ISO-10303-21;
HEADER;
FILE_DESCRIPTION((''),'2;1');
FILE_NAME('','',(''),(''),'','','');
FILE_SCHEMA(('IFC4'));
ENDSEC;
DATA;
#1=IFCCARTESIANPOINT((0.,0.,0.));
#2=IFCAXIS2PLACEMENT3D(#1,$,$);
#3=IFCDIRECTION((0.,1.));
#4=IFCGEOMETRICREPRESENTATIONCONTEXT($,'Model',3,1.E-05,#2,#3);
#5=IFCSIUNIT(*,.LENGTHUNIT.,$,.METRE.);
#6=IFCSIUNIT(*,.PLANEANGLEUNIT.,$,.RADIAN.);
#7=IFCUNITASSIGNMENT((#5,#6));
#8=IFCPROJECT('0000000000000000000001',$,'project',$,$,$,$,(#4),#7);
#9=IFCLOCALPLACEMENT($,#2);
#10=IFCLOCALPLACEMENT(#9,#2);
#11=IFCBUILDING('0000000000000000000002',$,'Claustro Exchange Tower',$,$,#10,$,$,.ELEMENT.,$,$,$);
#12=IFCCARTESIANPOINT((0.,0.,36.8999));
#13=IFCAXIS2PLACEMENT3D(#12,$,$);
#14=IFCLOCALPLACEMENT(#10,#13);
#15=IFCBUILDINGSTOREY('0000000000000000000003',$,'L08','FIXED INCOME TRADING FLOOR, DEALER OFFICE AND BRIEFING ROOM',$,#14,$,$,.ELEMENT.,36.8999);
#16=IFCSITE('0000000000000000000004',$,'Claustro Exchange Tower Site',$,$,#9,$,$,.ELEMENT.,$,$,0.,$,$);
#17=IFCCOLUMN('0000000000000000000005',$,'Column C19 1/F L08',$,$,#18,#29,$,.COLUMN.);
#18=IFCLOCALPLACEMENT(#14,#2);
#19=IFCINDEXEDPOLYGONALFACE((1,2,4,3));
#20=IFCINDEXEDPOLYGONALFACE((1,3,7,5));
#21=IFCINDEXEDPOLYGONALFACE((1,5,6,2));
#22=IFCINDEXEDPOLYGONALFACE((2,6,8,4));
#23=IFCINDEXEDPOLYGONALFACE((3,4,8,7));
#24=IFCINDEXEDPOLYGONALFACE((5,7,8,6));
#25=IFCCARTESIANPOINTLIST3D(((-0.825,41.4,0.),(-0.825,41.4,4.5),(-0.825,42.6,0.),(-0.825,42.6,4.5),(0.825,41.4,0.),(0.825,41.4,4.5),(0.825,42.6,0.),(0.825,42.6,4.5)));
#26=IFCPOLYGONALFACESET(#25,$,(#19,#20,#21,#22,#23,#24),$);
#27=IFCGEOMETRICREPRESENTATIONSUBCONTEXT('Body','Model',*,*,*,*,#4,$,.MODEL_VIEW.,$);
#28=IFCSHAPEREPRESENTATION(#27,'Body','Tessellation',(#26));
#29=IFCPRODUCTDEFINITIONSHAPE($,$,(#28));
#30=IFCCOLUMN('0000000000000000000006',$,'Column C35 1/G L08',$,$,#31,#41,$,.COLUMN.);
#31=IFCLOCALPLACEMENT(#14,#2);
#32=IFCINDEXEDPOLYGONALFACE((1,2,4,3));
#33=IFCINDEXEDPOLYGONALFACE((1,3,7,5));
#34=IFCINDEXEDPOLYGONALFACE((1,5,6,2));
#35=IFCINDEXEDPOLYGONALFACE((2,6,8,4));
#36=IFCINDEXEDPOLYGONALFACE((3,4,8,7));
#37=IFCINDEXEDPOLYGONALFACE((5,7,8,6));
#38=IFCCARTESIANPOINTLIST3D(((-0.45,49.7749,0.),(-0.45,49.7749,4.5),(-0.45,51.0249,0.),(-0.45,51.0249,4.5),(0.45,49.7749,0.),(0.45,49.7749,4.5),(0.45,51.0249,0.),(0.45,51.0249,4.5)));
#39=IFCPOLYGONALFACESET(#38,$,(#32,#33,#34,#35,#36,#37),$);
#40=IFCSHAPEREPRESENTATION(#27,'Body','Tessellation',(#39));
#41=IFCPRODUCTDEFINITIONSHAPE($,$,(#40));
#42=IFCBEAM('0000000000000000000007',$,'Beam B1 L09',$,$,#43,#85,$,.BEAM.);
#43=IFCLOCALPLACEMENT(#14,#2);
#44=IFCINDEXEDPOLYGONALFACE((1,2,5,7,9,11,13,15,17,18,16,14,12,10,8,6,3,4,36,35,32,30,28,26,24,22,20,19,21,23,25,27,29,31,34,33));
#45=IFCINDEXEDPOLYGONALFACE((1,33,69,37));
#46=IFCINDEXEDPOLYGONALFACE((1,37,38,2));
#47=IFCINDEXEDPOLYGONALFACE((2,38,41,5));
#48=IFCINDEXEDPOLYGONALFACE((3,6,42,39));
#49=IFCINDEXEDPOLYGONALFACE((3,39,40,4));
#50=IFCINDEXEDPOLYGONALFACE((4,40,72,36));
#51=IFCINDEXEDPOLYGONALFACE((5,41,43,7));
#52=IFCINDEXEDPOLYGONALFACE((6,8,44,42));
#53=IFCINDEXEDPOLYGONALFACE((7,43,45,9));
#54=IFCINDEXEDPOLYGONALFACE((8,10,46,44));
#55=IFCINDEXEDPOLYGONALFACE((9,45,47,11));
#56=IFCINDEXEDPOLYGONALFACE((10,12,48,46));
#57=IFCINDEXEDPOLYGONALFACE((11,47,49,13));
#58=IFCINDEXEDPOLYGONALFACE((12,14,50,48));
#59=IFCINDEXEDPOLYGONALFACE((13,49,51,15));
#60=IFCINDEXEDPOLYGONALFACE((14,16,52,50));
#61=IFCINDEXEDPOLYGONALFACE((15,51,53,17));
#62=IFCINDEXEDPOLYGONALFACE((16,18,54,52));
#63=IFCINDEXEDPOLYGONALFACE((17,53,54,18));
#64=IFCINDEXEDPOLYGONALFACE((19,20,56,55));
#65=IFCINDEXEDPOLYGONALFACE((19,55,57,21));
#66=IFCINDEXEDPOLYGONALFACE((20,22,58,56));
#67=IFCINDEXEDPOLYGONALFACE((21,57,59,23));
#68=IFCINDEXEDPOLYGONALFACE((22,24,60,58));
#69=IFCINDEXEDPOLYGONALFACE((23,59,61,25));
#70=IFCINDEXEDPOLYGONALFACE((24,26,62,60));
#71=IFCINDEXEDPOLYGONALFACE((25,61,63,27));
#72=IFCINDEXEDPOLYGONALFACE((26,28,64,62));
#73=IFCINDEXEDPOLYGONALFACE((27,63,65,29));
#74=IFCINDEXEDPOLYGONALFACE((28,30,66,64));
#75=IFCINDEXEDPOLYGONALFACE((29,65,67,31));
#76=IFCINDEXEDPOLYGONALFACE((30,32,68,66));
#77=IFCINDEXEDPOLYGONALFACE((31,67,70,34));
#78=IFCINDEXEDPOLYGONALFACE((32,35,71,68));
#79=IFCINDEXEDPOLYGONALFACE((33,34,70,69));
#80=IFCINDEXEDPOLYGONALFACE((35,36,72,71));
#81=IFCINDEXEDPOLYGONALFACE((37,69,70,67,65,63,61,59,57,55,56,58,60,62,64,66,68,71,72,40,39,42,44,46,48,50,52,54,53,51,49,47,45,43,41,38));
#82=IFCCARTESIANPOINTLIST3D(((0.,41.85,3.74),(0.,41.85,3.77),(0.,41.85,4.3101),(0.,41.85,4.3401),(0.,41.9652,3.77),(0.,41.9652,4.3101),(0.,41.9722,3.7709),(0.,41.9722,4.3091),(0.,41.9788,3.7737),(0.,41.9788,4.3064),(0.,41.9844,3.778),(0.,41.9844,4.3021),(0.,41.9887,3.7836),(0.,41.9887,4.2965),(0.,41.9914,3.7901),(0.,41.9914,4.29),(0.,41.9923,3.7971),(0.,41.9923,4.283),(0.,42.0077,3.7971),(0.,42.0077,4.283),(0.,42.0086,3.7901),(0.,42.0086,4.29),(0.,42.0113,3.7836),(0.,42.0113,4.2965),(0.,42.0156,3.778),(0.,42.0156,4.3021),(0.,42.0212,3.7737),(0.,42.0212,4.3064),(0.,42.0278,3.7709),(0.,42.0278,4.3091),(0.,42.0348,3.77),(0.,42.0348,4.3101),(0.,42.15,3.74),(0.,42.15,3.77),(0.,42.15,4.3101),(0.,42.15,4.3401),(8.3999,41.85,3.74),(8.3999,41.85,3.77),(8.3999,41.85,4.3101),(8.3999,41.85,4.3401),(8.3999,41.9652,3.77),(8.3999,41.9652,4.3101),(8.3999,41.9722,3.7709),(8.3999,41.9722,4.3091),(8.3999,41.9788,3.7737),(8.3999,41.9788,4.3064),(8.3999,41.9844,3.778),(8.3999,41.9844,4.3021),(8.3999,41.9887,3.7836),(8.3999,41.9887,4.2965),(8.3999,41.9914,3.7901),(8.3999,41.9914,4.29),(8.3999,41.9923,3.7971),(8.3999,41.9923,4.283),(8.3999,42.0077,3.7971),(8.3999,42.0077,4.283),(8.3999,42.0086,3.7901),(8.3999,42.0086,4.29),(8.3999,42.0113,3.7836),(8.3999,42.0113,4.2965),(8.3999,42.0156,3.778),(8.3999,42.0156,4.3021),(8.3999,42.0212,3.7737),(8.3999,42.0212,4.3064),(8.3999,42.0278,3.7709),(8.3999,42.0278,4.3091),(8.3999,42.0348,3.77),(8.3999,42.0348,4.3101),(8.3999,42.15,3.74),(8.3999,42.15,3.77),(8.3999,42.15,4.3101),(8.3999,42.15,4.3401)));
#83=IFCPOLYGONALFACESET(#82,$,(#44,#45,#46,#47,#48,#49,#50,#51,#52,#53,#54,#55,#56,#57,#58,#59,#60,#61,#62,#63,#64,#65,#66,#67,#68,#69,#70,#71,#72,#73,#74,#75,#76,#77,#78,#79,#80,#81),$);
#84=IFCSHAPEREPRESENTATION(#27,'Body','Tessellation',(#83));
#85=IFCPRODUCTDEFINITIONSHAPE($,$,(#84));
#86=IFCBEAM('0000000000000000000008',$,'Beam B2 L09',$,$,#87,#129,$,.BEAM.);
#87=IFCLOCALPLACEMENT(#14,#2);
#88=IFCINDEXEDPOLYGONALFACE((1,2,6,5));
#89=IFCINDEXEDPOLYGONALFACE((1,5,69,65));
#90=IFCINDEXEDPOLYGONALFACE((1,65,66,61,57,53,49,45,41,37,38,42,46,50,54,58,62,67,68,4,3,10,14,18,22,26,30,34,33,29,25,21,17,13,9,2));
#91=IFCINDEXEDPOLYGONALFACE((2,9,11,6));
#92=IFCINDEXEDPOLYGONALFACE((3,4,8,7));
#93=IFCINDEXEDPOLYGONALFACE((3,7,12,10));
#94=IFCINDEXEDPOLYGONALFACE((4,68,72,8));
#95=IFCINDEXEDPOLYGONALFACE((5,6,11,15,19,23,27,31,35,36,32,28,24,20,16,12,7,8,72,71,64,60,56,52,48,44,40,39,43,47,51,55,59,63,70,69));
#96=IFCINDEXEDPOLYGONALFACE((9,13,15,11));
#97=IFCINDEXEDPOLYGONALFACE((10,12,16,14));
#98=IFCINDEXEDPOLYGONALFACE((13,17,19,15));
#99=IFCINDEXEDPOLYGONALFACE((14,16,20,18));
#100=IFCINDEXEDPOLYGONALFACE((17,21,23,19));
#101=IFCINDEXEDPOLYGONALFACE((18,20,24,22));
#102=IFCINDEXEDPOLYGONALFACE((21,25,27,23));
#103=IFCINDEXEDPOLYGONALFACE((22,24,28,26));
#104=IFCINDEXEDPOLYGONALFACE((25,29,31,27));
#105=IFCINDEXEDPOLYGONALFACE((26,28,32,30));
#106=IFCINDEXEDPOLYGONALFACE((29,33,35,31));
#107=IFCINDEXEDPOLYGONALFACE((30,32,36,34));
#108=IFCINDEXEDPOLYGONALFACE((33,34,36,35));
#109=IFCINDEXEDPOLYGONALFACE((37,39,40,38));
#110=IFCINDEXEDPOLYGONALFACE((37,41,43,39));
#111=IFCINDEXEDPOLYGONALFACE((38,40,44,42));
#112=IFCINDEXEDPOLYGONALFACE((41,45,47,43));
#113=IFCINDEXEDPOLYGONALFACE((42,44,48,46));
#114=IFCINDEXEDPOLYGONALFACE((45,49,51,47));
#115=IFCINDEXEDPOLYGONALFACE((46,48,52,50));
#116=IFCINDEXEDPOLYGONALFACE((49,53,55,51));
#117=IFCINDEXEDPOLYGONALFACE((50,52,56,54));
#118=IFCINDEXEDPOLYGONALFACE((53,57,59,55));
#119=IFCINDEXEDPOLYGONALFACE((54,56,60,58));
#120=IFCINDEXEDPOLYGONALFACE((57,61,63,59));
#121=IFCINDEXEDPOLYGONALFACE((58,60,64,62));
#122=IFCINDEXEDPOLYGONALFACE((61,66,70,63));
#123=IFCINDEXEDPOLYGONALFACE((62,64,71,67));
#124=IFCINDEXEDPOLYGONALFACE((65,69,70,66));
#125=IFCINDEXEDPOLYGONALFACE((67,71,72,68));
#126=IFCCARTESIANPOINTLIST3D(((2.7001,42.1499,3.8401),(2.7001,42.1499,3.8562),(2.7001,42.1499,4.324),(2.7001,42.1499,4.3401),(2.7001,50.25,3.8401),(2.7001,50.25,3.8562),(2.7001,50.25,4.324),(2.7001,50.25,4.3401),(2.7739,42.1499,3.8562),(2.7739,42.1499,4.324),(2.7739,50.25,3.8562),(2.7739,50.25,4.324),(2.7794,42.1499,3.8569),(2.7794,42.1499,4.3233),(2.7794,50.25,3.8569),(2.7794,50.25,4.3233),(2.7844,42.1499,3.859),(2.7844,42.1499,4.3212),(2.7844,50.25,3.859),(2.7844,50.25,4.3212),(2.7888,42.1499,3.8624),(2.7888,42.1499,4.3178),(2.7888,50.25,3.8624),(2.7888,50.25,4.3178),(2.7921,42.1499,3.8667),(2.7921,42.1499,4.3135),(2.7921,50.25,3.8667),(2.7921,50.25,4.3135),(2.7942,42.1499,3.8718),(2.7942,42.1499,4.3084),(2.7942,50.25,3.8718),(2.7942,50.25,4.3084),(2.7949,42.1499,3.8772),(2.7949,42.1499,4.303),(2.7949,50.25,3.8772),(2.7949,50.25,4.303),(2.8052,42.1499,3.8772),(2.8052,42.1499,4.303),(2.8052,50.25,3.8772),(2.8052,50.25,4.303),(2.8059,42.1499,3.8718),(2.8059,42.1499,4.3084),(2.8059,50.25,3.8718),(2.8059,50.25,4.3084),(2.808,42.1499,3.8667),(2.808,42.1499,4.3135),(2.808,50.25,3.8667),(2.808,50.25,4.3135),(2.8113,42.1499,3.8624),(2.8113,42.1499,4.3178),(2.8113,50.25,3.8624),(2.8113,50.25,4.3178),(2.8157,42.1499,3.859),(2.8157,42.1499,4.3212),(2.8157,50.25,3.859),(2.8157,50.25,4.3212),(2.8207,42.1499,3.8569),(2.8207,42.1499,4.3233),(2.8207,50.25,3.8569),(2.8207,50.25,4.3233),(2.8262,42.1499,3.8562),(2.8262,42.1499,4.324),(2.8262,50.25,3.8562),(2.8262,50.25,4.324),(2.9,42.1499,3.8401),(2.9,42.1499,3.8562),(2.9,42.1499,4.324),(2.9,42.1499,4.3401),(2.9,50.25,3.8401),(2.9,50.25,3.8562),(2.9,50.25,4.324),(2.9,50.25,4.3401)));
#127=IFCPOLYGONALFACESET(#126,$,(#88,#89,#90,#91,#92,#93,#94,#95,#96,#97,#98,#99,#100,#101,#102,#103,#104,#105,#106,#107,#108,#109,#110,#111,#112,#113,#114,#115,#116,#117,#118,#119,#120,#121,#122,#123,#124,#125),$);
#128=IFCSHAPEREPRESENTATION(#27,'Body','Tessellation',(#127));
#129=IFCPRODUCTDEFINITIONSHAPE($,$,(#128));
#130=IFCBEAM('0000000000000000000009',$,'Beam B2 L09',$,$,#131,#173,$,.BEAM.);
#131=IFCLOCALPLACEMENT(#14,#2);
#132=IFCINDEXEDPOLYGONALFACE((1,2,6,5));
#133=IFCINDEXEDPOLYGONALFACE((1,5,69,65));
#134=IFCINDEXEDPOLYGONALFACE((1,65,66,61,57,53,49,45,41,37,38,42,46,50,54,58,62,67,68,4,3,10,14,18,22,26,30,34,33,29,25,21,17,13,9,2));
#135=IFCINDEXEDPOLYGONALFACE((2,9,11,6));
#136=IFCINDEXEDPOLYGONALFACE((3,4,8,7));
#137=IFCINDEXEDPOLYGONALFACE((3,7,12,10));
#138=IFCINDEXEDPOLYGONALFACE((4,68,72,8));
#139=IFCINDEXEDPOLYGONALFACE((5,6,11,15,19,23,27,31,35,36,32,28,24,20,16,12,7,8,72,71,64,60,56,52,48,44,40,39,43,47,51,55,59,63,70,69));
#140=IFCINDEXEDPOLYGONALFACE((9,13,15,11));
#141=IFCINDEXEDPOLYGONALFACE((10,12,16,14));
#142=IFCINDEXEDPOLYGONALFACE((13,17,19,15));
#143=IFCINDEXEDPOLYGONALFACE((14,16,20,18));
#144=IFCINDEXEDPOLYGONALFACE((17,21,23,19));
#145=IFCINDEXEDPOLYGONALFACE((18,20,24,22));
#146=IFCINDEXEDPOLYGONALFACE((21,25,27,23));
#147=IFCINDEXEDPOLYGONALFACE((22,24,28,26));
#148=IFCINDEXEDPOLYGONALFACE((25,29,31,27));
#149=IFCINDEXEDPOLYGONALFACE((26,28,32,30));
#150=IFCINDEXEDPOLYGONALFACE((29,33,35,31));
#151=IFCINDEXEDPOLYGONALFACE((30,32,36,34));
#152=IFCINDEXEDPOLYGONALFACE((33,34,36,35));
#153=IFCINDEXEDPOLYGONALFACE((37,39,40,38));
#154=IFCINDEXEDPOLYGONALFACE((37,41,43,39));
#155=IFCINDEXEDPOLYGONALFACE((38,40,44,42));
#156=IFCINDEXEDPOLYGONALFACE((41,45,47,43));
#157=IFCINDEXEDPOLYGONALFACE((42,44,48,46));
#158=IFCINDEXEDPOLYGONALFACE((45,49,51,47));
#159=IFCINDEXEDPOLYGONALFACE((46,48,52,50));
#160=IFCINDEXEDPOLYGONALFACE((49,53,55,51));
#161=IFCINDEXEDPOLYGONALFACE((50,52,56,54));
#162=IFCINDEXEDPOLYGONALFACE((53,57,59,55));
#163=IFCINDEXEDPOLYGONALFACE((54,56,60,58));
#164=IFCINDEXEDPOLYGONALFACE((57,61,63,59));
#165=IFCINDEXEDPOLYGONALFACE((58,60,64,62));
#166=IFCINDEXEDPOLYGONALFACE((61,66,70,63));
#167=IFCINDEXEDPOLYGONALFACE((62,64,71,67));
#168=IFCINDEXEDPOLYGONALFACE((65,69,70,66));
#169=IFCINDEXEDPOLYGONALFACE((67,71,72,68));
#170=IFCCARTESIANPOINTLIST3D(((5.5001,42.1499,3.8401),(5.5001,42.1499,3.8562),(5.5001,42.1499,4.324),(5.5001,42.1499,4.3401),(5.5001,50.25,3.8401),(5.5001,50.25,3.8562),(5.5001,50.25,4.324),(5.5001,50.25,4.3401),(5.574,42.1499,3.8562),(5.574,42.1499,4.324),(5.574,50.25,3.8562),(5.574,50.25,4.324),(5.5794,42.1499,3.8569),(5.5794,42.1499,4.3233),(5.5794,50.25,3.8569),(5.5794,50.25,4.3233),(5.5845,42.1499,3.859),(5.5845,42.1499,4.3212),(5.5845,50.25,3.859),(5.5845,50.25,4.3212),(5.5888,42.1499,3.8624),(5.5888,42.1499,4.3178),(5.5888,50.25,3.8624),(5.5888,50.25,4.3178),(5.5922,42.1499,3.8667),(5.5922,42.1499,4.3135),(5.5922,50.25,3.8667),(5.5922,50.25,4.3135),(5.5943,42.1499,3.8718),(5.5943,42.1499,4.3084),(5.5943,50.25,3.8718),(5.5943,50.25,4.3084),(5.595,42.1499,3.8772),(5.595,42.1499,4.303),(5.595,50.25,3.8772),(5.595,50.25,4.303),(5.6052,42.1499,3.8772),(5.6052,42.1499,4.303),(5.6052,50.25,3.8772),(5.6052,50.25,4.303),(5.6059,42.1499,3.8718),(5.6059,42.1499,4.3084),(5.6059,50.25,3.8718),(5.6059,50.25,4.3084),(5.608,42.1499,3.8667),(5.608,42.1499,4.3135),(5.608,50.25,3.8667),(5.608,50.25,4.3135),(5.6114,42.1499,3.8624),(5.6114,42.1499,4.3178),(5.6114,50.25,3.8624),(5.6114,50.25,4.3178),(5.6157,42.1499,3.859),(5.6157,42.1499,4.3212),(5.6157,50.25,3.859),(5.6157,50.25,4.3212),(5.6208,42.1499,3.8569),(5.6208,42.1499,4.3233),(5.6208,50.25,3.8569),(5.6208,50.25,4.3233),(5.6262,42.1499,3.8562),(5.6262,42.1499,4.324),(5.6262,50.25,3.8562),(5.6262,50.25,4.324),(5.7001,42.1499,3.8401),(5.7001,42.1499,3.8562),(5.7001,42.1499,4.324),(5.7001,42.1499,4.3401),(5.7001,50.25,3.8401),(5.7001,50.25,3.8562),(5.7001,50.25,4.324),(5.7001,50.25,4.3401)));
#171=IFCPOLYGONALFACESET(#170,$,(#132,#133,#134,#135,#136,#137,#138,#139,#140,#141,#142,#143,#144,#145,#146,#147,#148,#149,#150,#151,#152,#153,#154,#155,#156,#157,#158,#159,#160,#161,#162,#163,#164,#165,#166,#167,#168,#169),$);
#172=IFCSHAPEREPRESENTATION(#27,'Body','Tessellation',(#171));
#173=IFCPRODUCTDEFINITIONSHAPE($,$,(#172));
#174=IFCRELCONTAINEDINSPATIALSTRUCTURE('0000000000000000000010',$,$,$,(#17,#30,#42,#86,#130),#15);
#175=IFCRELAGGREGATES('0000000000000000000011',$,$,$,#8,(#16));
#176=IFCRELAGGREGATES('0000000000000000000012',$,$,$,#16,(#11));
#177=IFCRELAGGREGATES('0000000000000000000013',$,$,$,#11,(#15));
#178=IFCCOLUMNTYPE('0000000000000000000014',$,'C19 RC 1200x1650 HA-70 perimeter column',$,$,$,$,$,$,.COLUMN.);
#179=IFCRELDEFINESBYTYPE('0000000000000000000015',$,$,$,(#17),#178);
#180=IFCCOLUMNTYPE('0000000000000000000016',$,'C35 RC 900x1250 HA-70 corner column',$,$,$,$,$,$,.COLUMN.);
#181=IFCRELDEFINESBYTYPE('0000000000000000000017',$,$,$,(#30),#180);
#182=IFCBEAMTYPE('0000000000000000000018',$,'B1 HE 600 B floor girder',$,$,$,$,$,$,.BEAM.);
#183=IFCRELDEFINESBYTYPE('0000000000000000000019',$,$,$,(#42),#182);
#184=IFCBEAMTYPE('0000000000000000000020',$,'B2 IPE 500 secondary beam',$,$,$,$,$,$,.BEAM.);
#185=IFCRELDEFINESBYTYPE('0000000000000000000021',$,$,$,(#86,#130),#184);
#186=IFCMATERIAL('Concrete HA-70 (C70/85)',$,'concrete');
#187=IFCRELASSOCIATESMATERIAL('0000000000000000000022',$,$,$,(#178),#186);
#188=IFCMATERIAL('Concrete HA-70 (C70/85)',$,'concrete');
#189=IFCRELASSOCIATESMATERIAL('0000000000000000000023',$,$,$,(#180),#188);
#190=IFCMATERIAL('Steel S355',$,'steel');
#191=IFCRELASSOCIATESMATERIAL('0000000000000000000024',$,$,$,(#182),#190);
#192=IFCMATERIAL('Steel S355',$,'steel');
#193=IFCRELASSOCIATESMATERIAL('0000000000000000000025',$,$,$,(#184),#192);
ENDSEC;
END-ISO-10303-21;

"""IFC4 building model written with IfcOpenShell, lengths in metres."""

from ifc_helpers import new_model, si_unit, direction, frame, origin, origin_2d, place, context, subcontext, project, spatial, rectangle, i_section, extrude, material, material_profile, profile_set, type_object, element, save


model = new_model("IFC4")

# Units and contexts
model_context = context("Model", 3, precision=1e-05, world=origin(), true_north=direction((0.0, 1.0)))
body_context = subcontext(model_context, "Body", "Model", "MODEL_VIEW")
ifc_project = project(units=[si_unit("LENGTHUNIT", "METRE"), si_unit("PLANEANGLEUNIT", "RADIAN")], contexts=[model_context])

# Site, building, storey
site_placement = place(None, origin())
site = spatial("IfcSite", under=ifc_project, at=site_placement, Name="Claustro Exchange Tower Site", CompositionType="ELEMENT", RefElevation=0.0)
building_placement = place(site_placement, origin())
building = spatial("IfcBuilding", under=site, at=building_placement, Name="Claustro Exchange Tower", CompositionType="ELEMENT")
storey_placement = place(building_placement, frame((0.0, 0.0, 36.8999)))
storey = spatial("IfcBuildingStorey", under=building, at=storey_placement, Name="L08", Description="FIXED INCOME TRADING FLOOR, DEALER OFFICE AND BRIEFING ROOM", CompositionType="ELEMENT", Elevation=36.8999)

# Columns
ifc_material_1 = material(Name="Concrete HA-70 (C70/85)", Category="concrete")
ifc_material_profile_1 = material_profile(ifc_material_1, rectangle(XDim=1.2, YDim=1.6499, at=origin_2d()), Name="RC 1200x1650")
ifc_profile_set_1 = profile_set([ifc_material_profile_1], Name="Concrete HA-70 (C70/85)")
column_type_1 = type_object("IfcColumnType", Name="C19 RC 1200x1650 HA-70 perimeter column", PredefinedType="COLUMN", material=ifc_profile_set_1)
column_1_placement = place(storey_placement, frame((0.0, 42.0, 0.0), z_axis=(0.0, 0.0, 1.0), x_axis=(0.0, 1.0, 0.0)))
element("IfcColumn", 1, at=column_1_placement, inside=storey, type_object=column_type_1, Name="Column C19 1/F L08", PredefinedType="COLUMN", context=body_context, shape_type="SweptSolid", body=[
    extrude(rectangle(XDim=1.2, YDim=1.6499, at=origin_2d()), origin(), (0.0, 0.0, 1.0), 4.5),
])
ifc_material_2 = material(Name="Concrete HA-70 (C70/85)", Category="concrete")
ifc_material_profile_2 = material_profile(ifc_material_2, rectangle(XDim=0.8999, YDim=1.25, at=origin_2d()), Name="RC 900x1250")
ifc_profile_set_2 = profile_set([ifc_material_profile_2], Name="Concrete HA-70 (C70/85)")
column_type_2 = type_object("IfcColumnType", Name="C35 RC 900x1250 HA-70 corner column", PredefinedType="COLUMN", material=ifc_profile_set_2)
column_2_placement = place(storey_placement, frame((0.0, 50.3999, 0.0), z_axis=(0.0, 0.0, 1.0), x_axis=(1.0, 0.0, 0.0)))
element("IfcColumn", 2, at=column_2_placement, inside=storey, type_object=column_type_2, Name="Column C35 1/G L08", PredefinedType="COLUMN", context=body_context, shape_type="SweptSolid", body=[
    extrude(rectangle(XDim=0.8999, YDim=1.25, at=origin_2d()), origin(), (0.0, 0.0, 1.0), 4.5),
])

# Beams
ifc_material_3 = material(Name="Steel S355", Category="steel")
ifc_material_profile_3 = material_profile(ifc_material_3, i_section(OverallWidth=0.3, OverallDepth=0.6001, WebThickness=0.0154, FlangeThickness=0.03, FilletRadius=0.0271, at=origin_2d()), Name="HE 600 B")
ifc_profile_set_3 = profile_set([ifc_material_profile_3], Name="Steel S355")
beam_type_1 = type_object("IfcBeamType", Name="B1 HE 600 B floor girder", PredefinedType="BEAM", material=ifc_profile_set_3)
beam_1_placement = place(storey_placement, frame((0.0, 42.0, 4.04), z_axis=(1.0, 0.0, 0.0), x_axis=(0.0, 1.0, 0.0)))
element("IfcBeam", 3, at=beam_1_placement, inside=storey, type_object=beam_type_1, Name="Beam B1 L09", PredefinedType="BEAM", context=body_context, shape_type="SweptSolid", body=[
    extrude(i_section(OverallWidth=0.3, OverallDepth=0.6001, WebThickness=0.0154, FlangeThickness=0.03, FilletRadius=0.0271, at=origin_2d()), origin(), (0.0, 0.0, 1.0), 8.3999),
])
ifc_material_4 = material(Name="Steel S355", Category="steel")
ifc_material_profile_4 = material_profile(ifc_material_4, i_section(OverallWidth=0.2, OverallDepth=0.5, WebThickness=0.0103, FlangeThickness=0.0161, FilletRadius=0.021, at=origin_2d()), Name="IPE 500")
ifc_profile_set_4 = profile_set([ifc_material_profile_4], Name="Steel S355")
beam_type_2 = type_object("IfcBeamType", Name="B2 IPE 500 secondary beam", PredefinedType="BEAM", material=ifc_profile_set_4)
for number, where, z_axis, x_axis, name in (
    (4, (2.8, 42.1499, 4.0901), (0.0, 1.0, 0.0), (-1.0, 0.0, 0.0), "Beam B2 L09"),
    (5, (5.6001, 42.1499, 4.0901), (0.0, 1.0, 0.0), (-1.0, 0.0, 0.0), "Beam B2 L09"),
):
    element("IfcBeam", number, at=place(storey_placement, frame(where, z_axis=z_axis, x_axis=x_axis)), inside=storey, type_object=beam_type_2, Name=name, PredefinedType="BEAM", context=body_context, shape_type="SweptSolid", body=[
        extrude(i_section(OverallWidth=0.2, OverallDepth=0.5, WebThickness=0.0103, FlangeThickness=0.0161, FilletRadius=0.021, at=origin_2d()), origin(), (0.0, 0.0, 1.0), 8.1001),
    ])

save(model, "model.ifc")
